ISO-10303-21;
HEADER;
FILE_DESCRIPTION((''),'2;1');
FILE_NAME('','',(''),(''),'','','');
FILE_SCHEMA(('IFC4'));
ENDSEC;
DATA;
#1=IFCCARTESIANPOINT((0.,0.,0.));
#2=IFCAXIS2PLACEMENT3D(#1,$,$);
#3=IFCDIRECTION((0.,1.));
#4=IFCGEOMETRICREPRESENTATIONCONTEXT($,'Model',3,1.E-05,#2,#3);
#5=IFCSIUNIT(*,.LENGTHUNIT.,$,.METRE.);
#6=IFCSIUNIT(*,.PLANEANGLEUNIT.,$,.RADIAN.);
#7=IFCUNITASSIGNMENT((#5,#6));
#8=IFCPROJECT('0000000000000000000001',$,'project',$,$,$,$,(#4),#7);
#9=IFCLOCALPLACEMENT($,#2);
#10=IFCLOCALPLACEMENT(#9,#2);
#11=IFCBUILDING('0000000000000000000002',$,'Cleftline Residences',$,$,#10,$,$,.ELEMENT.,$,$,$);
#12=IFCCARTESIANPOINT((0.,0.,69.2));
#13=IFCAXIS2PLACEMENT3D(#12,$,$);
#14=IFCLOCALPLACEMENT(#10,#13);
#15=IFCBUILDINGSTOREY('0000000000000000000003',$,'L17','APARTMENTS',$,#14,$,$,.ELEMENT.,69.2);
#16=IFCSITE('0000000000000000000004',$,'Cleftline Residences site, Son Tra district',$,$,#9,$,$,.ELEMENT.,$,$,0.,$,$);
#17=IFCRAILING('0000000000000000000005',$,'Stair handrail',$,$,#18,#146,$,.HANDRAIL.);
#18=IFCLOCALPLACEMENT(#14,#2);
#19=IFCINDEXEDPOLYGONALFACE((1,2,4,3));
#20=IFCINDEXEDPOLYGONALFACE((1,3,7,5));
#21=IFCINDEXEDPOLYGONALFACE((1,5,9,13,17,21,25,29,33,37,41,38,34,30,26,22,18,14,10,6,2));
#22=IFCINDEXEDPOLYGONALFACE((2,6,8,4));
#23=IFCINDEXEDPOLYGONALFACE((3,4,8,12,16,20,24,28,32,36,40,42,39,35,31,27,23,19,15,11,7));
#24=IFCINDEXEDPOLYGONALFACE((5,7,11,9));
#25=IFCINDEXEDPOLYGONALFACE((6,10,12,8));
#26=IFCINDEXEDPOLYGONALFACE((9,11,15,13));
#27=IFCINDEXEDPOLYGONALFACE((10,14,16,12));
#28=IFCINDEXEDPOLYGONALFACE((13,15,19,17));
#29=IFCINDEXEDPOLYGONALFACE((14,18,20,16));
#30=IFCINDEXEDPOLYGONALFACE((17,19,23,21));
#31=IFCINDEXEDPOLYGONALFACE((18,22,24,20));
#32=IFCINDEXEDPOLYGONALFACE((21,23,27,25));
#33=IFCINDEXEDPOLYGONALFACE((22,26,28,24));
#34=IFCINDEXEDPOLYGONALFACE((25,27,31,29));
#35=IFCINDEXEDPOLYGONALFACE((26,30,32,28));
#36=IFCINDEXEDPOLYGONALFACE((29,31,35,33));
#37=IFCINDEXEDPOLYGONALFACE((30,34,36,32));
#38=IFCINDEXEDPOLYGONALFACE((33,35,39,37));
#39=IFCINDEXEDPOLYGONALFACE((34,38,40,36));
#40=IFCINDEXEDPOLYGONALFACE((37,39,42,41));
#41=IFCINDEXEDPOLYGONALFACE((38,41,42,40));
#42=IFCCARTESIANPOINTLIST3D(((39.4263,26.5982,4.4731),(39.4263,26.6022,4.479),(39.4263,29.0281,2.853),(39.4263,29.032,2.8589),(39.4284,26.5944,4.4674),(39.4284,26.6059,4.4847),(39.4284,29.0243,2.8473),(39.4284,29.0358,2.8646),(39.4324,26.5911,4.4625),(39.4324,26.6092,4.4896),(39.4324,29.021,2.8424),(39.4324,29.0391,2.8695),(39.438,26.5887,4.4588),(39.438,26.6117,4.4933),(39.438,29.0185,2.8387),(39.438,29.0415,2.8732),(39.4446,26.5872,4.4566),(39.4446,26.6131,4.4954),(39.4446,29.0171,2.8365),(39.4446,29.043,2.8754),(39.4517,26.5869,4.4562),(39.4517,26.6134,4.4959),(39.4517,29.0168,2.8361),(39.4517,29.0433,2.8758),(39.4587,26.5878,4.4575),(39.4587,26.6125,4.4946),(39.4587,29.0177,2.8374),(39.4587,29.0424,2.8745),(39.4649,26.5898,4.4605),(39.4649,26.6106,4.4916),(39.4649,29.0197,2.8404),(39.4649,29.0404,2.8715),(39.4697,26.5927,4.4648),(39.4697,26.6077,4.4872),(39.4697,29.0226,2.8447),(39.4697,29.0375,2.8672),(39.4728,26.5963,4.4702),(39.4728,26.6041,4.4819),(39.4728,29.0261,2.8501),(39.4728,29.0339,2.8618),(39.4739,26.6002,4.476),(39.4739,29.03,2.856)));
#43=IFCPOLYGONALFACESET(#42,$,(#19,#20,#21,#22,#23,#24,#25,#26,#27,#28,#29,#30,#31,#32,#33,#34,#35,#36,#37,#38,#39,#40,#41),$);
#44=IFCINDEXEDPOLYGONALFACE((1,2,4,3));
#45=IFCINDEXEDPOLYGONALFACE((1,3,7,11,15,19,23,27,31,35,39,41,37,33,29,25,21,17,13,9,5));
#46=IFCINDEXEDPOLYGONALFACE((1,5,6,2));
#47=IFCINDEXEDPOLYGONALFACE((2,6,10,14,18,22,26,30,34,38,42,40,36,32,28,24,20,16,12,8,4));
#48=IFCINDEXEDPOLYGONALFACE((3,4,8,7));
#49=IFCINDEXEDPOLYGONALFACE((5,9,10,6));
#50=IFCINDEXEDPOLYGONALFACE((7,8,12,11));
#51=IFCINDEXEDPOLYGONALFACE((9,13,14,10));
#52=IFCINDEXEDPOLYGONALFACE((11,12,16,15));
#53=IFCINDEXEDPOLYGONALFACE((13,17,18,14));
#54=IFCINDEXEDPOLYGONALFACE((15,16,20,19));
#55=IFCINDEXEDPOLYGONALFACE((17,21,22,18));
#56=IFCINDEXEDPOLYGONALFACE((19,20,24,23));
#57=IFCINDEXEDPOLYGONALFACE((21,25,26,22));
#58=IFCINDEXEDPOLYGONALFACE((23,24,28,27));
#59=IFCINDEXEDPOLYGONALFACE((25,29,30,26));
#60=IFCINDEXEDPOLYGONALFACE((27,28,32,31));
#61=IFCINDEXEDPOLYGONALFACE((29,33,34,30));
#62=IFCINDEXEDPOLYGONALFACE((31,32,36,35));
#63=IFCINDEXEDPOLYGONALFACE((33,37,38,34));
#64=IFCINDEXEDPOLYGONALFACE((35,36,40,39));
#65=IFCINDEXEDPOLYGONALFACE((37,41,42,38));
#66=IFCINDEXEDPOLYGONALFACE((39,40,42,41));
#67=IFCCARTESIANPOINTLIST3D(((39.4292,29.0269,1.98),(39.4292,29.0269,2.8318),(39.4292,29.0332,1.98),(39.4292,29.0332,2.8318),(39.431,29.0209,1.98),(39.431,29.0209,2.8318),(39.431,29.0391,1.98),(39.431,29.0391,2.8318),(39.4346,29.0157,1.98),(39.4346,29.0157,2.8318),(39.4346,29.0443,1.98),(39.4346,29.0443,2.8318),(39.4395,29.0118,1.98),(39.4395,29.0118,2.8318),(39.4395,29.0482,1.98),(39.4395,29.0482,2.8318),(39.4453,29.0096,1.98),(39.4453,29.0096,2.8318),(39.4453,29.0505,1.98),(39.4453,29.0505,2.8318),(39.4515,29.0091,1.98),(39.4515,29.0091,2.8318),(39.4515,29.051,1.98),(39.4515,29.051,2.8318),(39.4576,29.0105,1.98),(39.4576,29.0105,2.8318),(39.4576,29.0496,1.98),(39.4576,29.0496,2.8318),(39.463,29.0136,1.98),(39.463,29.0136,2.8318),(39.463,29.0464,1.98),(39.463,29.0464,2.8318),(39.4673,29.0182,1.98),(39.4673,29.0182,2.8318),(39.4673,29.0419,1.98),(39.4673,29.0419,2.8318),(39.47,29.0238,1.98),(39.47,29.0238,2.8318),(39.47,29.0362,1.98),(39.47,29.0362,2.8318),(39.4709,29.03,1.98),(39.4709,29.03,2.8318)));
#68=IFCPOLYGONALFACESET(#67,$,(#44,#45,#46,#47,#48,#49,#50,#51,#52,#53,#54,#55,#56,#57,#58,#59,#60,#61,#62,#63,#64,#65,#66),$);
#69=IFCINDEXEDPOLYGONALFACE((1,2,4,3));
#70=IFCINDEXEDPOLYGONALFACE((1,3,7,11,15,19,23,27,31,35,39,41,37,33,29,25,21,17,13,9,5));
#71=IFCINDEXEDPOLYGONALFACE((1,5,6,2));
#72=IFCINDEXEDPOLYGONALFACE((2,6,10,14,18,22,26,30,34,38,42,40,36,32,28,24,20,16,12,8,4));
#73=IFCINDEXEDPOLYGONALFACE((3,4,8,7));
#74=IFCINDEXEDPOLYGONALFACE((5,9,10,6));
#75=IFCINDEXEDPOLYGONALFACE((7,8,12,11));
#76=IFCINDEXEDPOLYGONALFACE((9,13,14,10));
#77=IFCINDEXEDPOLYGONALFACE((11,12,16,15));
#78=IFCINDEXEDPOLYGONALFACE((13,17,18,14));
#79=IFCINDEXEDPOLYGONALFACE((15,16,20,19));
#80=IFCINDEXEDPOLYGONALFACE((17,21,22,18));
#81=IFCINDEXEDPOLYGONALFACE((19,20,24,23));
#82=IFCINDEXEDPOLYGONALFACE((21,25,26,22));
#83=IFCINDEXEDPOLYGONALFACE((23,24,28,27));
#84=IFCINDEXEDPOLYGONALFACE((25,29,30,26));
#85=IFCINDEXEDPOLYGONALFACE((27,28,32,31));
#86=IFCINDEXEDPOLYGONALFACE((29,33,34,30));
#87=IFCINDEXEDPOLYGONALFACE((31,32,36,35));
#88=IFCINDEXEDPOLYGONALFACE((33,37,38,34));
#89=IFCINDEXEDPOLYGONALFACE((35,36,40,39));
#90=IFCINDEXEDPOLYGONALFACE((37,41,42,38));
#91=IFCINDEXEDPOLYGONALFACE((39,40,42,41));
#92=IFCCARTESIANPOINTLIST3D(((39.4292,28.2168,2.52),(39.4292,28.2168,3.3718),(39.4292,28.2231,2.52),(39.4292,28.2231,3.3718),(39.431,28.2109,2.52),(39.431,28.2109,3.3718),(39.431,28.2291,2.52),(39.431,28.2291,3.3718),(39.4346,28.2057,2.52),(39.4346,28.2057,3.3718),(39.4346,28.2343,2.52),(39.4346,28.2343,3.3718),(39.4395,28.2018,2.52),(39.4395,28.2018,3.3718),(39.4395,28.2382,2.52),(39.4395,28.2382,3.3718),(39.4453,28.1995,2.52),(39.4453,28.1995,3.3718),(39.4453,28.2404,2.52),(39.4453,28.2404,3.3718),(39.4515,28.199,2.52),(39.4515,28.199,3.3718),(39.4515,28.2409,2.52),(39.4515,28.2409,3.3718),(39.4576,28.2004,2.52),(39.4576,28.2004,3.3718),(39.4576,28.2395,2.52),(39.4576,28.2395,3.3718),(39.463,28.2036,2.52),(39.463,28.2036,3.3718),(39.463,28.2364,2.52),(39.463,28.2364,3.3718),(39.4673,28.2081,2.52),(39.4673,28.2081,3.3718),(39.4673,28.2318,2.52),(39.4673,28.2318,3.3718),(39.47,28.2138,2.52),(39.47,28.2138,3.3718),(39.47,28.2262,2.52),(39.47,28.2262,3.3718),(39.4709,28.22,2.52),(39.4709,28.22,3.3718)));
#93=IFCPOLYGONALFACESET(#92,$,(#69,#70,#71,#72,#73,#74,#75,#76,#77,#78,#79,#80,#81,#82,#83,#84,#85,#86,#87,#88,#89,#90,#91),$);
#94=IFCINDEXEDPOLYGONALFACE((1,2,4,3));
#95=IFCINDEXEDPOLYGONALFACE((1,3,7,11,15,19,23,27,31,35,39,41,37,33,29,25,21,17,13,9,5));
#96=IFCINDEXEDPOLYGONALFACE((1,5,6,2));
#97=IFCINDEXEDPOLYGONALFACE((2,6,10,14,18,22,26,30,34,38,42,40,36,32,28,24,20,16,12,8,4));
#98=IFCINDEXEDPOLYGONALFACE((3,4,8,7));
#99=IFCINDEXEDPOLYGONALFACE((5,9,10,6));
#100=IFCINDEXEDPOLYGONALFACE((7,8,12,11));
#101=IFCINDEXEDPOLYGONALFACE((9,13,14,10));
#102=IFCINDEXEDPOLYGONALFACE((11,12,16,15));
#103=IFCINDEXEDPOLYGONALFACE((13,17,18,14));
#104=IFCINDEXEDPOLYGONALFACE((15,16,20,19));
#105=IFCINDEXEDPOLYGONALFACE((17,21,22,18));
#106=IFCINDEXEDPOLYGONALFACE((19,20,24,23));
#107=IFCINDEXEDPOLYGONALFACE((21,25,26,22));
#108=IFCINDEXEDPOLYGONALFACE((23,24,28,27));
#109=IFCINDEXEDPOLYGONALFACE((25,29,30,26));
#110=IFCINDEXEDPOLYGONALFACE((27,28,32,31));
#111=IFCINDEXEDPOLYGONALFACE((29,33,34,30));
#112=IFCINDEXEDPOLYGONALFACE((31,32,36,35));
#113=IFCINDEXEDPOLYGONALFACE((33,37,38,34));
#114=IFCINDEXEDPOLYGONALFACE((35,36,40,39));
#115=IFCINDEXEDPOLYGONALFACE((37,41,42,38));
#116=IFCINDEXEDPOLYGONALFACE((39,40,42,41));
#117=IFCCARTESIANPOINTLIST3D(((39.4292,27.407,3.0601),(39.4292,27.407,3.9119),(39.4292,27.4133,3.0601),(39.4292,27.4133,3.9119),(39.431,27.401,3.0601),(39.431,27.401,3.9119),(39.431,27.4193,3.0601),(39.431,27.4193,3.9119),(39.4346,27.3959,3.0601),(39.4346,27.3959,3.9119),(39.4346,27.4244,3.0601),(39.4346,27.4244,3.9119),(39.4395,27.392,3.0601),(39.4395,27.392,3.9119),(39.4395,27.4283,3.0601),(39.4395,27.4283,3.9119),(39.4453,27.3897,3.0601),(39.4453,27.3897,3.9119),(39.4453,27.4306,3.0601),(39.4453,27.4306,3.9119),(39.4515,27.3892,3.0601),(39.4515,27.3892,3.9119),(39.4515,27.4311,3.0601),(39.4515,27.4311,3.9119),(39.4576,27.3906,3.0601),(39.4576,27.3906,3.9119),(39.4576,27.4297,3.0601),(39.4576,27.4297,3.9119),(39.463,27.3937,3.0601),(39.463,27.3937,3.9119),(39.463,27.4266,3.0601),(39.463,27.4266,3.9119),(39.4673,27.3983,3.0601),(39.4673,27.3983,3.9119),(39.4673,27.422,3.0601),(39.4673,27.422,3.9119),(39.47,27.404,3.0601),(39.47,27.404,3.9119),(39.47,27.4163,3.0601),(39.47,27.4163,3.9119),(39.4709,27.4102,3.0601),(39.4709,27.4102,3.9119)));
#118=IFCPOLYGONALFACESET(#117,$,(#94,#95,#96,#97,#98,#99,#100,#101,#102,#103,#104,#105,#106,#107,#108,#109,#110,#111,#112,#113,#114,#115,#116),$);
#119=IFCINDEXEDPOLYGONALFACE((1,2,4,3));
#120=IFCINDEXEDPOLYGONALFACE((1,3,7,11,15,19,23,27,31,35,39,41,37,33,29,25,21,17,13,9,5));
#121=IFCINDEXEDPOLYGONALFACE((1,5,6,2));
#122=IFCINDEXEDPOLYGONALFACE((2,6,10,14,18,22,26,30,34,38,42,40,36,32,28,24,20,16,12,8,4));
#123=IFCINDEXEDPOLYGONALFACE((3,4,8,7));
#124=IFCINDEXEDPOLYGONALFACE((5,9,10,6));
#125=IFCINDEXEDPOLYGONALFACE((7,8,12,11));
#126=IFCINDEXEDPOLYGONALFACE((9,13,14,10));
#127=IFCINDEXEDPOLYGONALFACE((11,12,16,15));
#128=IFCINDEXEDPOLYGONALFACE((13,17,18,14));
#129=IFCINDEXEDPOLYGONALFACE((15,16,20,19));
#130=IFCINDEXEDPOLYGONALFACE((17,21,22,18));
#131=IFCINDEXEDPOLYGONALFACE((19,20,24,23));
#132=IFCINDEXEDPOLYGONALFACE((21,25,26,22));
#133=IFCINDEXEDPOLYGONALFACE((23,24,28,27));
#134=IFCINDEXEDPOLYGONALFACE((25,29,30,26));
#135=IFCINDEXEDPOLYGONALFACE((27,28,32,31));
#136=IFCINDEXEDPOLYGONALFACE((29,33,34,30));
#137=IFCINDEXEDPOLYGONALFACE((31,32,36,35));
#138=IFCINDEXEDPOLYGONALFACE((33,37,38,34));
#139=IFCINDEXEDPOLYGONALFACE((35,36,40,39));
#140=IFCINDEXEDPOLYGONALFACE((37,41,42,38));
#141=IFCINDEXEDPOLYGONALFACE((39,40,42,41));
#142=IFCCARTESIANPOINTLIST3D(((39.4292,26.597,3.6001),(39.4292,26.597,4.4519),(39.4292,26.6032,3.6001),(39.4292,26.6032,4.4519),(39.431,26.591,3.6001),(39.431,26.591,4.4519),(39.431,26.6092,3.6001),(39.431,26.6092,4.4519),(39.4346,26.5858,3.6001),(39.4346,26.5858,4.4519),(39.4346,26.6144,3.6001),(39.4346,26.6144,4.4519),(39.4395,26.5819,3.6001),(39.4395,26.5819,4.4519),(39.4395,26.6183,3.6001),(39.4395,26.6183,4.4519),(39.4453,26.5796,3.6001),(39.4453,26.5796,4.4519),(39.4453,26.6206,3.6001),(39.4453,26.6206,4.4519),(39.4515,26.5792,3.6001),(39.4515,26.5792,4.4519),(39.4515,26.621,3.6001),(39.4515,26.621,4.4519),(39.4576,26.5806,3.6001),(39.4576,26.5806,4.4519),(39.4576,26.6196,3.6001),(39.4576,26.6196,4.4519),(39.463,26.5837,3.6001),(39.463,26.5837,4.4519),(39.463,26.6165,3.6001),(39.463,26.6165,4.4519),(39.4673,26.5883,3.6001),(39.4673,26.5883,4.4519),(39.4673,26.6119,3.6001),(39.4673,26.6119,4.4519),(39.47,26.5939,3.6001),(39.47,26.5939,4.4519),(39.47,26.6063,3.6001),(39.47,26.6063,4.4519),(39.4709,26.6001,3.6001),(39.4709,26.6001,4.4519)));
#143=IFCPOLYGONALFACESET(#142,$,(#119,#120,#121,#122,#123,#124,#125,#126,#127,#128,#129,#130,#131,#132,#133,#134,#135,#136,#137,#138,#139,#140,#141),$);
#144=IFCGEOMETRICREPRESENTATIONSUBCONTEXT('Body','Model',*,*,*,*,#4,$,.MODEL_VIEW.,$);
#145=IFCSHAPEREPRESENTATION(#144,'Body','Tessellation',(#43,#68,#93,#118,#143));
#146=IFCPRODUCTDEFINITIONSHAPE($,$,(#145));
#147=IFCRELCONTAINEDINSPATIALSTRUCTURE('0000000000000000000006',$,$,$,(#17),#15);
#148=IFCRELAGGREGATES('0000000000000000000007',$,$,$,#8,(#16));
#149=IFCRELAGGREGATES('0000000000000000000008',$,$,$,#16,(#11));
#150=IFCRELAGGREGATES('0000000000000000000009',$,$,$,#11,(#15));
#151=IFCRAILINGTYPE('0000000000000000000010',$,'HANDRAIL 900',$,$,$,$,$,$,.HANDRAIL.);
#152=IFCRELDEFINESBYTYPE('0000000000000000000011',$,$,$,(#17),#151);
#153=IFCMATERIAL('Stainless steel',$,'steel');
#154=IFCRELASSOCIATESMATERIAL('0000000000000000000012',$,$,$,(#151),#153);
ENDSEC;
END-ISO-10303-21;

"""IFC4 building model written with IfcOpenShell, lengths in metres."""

from ifc_helpers import new_model, si_unit, direction, frame, origin, origin_2d, place, context, subcontext, project, spatial, circle, extrude, material, type_object, element, save


model = new_model("IFC4")

# Units and contexts
model_context = context("Model", 3, precision=1e-05, world=origin(), true_north=direction((0.0, 1.0)))
body_context = subcontext(model_context, "Body", "Model", "MODEL_VIEW")
ifc_project = project(units=[si_unit("LENGTHUNIT", "METRE"), si_unit("PLANEANGLEUNIT", "RADIAN")], contexts=[model_context])

# Site, building, storey
site_placement = place(None, origin())
site = spatial("IfcSite", under=ifc_project, at=site_placement, Name="Cleftline Residences site, Son Tra district", CompositionType="ELEMENT", RefElevation=0.0)
building_placement = place(site_placement, origin())
building = spatial("IfcBuilding", under=site, at=building_placement, Name="Cleftline Residences", CompositionType="ELEMENT")
storey_placement = place(building_placement, frame((0.0, 0.0, 69.2)))
storey = spatial("IfcBuildingStorey", under=building, at=storey_placement, Name="L17", Description="APARTMENTS", CompositionType="ELEMENT", Elevation=69.2)

# Railing
ifc_material_1 = material(Name="Stainless steel", Category="steel")
railing_type = type_object("IfcRailingType", Name="HANDRAIL 900", PredefinedType="HANDRAIL", material=ifc_material_1)
railing_1_placement = place(storey_placement, frame((39.45, 29.03, 1.98)))
element("IfcRailing", 1, at=railing_1_placement, inside=storey, type_object=railing_type, Name="Stair handrail", PredefinedType="HANDRAIL", context=body_context, shape_type="SweptSolid", body=[
    extrude(circle(Radius=0.0239, at=origin_2d()), frame((0.0, 0.0, 0.876), z_axis=(0.0, -0.832025, 0.554739), x_axis=(1.0, 0.0, 0.0)), (0.0, 0.0, 1.0), 2.9204),
    extrude(circle(Radius=0.021, at=origin_2d()), origin(), (0.0, 0.0, 1.0), 0.8518),
    extrude(circle(Radius=0.021, at=origin_2d()), frame((0.0, -0.8101, 0.54)), (0.0, 0.0, 1.0), 0.8518),
    extrude(circle(Radius=0.021, at=origin_2d()), frame((0.0, -1.6199, 1.0801)), (0.0, 0.0, 1.0), 0.8518),
    extrude(circle(Radius=0.021, at=origin_2d()), frame((0.0, -2.4299, 1.6201)), (0.0, 0.0, 1.0), 0.8518),
])

save(model, "model.ifc")
